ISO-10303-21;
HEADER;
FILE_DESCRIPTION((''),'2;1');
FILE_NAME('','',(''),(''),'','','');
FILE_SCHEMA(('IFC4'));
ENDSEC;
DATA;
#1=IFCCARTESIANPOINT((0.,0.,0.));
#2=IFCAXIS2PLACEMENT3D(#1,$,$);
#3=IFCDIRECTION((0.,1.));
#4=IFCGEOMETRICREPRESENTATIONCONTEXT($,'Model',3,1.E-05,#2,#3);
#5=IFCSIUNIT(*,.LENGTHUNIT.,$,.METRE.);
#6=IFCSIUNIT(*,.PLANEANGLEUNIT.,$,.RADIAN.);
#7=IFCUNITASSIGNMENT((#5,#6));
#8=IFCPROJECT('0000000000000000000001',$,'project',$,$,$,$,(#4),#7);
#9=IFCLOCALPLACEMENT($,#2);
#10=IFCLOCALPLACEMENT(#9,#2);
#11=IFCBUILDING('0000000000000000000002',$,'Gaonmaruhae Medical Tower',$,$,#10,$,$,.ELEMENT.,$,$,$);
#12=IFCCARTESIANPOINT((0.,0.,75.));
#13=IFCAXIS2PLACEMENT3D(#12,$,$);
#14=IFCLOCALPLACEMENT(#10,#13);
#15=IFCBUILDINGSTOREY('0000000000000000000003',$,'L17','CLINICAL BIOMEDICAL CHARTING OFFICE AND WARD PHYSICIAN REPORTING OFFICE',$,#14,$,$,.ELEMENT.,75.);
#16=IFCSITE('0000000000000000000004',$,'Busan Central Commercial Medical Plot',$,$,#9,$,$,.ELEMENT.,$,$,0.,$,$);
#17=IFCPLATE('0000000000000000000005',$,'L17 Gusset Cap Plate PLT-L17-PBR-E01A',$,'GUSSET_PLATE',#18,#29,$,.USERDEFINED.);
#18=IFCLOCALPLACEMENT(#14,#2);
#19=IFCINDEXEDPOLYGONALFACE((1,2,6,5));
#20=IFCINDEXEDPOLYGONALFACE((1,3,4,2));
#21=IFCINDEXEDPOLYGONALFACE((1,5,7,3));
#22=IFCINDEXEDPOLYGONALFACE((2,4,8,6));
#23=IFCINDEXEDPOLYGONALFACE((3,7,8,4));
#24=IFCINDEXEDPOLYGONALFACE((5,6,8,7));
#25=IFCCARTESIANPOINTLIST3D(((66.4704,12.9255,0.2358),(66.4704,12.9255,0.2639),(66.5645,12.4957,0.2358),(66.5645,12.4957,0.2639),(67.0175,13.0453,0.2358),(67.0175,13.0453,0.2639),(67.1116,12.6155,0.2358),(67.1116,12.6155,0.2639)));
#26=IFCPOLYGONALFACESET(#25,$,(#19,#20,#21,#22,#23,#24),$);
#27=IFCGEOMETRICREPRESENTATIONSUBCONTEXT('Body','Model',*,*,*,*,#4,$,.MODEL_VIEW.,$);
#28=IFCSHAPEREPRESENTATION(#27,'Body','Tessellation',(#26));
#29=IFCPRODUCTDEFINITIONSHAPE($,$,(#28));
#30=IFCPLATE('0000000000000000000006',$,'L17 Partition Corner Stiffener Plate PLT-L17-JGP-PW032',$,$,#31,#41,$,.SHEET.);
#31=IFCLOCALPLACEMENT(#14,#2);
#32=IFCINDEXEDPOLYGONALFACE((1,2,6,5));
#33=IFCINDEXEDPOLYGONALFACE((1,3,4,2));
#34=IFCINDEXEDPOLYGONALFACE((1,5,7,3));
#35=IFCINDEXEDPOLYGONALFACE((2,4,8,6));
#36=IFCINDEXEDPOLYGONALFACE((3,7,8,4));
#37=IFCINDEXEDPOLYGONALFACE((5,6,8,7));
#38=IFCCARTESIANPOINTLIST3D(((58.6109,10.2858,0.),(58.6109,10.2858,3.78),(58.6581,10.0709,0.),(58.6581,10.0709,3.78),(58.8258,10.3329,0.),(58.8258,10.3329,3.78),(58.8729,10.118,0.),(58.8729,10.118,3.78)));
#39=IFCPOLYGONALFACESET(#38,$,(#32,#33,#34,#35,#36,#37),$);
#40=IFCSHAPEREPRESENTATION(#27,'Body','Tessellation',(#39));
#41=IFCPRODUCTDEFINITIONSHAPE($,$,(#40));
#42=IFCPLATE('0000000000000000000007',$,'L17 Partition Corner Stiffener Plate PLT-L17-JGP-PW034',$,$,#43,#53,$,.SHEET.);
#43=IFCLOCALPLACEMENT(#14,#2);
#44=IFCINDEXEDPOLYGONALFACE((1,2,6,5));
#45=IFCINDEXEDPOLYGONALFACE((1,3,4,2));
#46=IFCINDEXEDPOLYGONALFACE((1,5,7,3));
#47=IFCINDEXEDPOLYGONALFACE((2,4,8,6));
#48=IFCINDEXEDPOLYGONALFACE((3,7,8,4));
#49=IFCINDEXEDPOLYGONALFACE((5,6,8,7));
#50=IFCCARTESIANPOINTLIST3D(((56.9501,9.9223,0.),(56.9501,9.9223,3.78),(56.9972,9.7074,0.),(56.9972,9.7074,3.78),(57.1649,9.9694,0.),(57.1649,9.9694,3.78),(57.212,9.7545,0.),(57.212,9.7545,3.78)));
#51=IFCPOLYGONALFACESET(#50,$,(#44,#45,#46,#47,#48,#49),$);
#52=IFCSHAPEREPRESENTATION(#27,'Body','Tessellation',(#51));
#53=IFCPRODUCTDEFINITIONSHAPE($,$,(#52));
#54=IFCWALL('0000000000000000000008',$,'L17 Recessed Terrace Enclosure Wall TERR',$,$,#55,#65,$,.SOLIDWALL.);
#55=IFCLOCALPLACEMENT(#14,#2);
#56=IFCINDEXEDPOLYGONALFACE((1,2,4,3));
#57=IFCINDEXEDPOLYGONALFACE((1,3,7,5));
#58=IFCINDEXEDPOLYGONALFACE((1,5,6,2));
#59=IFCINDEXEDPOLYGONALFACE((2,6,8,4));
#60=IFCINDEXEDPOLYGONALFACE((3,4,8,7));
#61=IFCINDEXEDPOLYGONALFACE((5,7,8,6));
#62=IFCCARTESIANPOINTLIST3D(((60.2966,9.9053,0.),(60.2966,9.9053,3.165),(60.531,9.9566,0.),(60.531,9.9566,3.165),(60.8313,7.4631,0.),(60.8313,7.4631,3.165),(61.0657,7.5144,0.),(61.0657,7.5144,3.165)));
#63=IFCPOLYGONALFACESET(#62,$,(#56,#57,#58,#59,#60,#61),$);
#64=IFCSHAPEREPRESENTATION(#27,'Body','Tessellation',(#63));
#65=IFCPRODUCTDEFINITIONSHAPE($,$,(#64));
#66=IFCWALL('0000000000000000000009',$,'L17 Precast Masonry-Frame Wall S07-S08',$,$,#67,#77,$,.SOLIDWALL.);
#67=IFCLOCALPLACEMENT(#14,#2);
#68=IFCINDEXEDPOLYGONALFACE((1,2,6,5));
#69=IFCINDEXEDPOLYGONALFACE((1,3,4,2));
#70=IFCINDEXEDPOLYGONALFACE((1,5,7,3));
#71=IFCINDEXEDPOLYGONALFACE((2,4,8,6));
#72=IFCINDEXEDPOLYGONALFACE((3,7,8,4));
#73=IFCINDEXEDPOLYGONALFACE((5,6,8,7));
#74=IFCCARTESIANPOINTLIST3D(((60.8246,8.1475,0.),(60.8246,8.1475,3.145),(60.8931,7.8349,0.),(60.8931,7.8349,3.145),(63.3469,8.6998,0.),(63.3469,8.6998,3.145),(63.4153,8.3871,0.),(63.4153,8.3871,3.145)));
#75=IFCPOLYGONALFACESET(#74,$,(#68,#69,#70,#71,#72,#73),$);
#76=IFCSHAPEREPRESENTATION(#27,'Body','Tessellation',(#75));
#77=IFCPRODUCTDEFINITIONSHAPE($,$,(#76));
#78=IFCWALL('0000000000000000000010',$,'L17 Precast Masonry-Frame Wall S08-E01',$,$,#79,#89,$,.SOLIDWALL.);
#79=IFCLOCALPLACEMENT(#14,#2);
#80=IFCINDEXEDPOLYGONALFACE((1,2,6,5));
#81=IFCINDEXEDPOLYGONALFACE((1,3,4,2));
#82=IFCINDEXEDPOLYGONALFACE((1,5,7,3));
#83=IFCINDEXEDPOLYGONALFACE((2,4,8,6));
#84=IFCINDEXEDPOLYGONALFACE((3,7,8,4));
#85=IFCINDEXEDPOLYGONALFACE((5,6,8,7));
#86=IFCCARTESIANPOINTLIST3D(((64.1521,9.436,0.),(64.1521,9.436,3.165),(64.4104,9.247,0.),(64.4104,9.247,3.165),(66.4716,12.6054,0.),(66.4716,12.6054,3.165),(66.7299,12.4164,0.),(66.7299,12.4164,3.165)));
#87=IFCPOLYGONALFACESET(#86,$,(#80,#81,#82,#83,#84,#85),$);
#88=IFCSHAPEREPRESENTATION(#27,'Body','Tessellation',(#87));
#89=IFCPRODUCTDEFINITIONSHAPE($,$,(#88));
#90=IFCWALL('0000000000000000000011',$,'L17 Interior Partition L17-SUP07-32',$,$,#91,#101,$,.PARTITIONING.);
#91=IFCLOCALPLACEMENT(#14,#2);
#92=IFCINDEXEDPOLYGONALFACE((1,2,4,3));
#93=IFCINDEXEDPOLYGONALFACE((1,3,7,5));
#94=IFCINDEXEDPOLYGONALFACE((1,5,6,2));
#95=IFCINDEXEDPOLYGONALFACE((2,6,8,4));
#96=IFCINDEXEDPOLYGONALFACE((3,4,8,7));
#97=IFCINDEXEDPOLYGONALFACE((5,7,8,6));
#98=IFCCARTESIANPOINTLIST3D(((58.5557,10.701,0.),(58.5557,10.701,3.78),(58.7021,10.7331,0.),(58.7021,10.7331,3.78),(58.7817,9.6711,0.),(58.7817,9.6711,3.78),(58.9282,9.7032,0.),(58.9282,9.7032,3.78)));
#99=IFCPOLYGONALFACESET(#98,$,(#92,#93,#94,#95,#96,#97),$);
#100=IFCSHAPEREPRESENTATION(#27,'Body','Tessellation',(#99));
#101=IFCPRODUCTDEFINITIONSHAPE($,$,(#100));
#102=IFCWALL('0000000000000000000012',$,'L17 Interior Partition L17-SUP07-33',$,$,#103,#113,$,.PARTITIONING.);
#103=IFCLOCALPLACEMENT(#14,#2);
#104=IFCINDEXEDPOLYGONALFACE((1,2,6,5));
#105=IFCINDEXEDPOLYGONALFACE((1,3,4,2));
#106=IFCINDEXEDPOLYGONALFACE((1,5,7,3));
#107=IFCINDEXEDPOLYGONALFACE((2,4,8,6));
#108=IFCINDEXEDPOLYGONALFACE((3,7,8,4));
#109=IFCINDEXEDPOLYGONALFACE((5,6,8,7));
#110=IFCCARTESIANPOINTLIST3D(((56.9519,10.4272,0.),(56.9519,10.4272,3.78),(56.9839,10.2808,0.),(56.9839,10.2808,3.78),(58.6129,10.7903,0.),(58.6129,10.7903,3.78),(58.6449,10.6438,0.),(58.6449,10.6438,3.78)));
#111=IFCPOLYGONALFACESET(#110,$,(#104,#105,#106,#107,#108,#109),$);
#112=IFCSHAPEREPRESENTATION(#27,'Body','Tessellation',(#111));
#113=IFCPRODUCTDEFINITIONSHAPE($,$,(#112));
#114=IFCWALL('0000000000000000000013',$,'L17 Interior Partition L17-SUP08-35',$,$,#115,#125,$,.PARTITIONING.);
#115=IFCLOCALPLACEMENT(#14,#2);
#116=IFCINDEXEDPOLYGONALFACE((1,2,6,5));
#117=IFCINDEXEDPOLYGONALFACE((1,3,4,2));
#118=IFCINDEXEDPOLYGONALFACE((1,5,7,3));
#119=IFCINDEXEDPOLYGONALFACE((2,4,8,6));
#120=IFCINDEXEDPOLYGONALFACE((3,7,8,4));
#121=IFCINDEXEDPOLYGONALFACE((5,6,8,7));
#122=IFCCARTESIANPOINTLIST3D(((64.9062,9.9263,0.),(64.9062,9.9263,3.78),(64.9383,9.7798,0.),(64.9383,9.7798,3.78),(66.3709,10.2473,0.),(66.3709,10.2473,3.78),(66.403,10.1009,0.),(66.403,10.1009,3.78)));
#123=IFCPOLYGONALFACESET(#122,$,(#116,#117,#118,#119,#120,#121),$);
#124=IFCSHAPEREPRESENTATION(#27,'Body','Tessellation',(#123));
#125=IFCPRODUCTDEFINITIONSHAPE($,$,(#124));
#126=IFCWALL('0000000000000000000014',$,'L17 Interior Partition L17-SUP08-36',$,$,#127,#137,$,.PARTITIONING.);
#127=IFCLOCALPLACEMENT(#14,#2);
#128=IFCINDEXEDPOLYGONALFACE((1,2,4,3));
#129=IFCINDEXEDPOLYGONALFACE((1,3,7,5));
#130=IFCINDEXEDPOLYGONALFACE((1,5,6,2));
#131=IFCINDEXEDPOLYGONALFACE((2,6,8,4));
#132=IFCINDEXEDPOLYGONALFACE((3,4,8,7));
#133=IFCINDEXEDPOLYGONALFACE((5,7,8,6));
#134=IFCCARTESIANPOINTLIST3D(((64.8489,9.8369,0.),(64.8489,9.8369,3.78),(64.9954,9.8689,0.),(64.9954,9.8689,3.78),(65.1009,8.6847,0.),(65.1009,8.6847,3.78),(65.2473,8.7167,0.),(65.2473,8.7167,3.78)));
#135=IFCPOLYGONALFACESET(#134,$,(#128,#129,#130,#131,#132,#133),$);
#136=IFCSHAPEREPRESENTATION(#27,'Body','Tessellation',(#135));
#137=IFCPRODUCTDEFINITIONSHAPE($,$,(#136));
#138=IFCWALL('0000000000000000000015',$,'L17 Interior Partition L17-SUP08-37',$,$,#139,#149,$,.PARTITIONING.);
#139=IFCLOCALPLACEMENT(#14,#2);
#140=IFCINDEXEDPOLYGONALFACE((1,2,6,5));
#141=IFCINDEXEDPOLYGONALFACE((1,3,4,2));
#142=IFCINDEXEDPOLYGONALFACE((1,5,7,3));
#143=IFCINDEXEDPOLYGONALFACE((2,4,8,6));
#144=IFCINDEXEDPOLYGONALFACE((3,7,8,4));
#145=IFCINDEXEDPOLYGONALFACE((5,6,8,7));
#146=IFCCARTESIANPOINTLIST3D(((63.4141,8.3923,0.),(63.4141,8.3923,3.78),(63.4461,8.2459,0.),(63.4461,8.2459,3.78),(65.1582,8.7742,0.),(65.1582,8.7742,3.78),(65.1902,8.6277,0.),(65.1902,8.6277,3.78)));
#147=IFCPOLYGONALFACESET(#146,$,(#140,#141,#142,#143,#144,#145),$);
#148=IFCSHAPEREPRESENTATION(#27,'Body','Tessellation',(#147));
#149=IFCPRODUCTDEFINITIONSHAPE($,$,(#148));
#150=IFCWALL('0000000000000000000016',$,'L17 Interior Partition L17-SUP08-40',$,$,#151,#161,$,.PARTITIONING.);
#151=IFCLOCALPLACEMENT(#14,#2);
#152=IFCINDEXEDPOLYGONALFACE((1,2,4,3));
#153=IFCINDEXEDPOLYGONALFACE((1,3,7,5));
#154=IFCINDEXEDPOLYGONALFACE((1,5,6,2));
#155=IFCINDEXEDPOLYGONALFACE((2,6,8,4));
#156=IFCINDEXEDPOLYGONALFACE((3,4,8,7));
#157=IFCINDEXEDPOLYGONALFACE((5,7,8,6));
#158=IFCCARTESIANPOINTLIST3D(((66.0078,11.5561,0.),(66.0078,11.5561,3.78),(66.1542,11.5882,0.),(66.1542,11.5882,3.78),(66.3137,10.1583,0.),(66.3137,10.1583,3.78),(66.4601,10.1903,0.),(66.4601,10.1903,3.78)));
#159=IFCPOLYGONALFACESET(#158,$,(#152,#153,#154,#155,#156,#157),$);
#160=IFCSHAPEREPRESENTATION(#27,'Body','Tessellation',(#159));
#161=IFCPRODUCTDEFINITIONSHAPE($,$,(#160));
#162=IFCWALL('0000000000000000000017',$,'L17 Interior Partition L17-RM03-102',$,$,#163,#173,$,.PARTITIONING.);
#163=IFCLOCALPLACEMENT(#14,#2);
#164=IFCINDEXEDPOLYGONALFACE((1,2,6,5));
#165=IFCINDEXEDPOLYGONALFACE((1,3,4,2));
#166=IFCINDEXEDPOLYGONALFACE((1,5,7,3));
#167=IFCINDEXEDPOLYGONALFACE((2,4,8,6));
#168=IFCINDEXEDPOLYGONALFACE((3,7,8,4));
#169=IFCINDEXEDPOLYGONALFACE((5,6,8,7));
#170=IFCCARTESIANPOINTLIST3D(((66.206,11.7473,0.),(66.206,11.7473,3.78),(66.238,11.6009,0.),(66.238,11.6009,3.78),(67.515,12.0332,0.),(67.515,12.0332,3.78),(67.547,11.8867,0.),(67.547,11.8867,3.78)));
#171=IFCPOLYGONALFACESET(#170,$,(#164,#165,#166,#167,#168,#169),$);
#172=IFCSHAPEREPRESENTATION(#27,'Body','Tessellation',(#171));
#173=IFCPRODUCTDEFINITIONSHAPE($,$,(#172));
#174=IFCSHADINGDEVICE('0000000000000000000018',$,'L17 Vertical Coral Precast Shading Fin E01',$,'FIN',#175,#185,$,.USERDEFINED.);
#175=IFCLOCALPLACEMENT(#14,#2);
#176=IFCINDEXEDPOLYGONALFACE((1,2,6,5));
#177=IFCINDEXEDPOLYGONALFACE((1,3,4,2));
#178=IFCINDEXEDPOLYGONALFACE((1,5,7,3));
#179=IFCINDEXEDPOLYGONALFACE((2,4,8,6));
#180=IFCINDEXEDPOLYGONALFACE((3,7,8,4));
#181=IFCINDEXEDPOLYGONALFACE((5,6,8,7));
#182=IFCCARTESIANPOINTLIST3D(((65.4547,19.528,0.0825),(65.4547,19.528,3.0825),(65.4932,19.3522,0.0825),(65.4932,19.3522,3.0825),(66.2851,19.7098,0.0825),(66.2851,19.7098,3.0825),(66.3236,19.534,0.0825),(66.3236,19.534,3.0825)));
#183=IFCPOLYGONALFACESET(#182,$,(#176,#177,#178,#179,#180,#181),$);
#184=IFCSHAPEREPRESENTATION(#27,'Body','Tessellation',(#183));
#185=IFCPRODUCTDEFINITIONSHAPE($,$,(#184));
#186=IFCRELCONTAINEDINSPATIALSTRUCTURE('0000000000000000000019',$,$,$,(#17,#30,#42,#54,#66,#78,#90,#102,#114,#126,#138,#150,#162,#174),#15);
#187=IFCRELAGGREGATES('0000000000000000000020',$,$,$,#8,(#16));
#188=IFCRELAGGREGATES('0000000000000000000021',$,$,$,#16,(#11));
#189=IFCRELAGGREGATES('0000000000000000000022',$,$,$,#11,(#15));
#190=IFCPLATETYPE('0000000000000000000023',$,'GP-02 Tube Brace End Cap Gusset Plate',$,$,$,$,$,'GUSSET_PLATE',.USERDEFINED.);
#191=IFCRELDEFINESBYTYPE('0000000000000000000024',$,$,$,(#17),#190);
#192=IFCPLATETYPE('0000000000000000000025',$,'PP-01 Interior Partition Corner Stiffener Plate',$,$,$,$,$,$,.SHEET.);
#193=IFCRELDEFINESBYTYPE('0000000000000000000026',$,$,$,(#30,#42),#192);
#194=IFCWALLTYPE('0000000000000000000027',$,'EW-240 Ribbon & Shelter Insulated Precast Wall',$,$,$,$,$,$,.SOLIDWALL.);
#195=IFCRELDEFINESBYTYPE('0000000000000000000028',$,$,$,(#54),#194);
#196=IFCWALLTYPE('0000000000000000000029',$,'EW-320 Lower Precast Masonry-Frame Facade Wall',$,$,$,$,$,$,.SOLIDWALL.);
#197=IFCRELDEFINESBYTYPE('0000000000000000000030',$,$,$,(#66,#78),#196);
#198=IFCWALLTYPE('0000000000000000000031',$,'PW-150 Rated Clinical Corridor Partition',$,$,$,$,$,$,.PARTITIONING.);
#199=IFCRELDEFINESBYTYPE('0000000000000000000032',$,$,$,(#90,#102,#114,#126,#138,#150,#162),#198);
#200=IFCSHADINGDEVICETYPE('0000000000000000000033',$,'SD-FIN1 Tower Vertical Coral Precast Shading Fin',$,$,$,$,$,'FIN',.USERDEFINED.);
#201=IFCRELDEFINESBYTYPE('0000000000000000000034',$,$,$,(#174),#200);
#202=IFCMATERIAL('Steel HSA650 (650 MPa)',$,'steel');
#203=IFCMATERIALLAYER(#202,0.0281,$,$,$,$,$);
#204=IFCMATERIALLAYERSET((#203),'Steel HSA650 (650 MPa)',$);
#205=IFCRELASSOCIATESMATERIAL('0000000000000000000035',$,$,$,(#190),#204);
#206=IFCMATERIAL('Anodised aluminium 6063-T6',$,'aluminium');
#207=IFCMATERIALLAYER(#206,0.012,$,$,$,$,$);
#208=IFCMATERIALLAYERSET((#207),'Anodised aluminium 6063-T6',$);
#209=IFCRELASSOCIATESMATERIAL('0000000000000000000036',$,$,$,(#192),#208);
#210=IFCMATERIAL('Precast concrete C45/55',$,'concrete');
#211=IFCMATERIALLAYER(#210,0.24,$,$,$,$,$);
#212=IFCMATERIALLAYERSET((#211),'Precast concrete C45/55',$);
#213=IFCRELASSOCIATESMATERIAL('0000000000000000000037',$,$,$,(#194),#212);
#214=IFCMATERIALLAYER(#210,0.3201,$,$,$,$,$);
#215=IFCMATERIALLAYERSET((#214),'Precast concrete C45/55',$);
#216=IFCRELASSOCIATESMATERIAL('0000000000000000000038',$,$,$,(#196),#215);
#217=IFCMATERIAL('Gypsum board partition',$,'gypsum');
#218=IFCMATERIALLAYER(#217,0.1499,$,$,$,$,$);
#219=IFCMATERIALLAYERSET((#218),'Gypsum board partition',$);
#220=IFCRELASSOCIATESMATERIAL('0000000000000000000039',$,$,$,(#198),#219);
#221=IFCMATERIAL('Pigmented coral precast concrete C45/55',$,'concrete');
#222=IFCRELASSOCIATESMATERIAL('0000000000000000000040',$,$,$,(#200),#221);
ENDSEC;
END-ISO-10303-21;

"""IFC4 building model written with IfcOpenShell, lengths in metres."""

from ifc_helpers import new_model, si_unit, direction, frame, frame_2d, origin, origin_2d, place, context, subcontext, project, spatial, rectangle, extrude, material, layer, layer_set, type_object, element, save


model = new_model("IFC4")

# Units and contexts
model_context = context("Model", 3, precision=1e-05, world=origin(), true_north=direction((0.0, 1.0)))
body_context = subcontext(model_context, "Body", "Model", "MODEL_VIEW")
ifc_project = project(units=[si_unit("LENGTHUNIT", "METRE"), si_unit("PLANEANGLEUNIT", "RADIAN")], contexts=[model_context])

# Site, building, storey
site_placement = place(None, origin())
site = spatial("IfcSite", under=ifc_project, at=site_placement, Name="Busan Central Commercial Medical Plot", CompositionType="ELEMENT", RefElevation=0.0)
building_placement = place(site_placement, origin())
building = spatial("IfcBuilding", under=site, at=building_placement, Name="Gaonmaruhae Medical Tower", CompositionType="ELEMENT")
storey_placement = place(building_placement, frame((0.0, 0.0, 75.0)))
storey = spatial("IfcBuildingStorey", under=building, at=storey_placement, Name="L17", Description="CLINICAL BIOMEDICAL CHARTING OFFICE AND WARD PHYSICIAN REPORTING OFFICE", CompositionType="ELEMENT", Elevation=75.0)

# Plates
ifc_material_1 = material(Name="Steel HSA650 (650 MPa)", Category="steel")
ifc_layer_1 = layer(ifc_material_1, 0.0281)
ifc_layer_set_1 = layer_set([ifc_layer_1], Name="Steel HSA650 (650 MPa)")
plate_type_1 = type_object("IfcPlateType", Name="GP-02 Tube Brace End Cap Gusset Plate", ElementType="GUSSET_PLATE", PredefinedType="USERDEFINED", material=ifc_layer_set_1)
plate_placement = place(storey_placement, frame((66.791, 12.7705, 0.2358), z_axis=(0.0, 0.0, 1.0), x_axis=(0.976859, 0.213883, 0.0)))
element("IfcPlate", 1, at=plate_placement, inside=storey, type_object=plate_type_1, Name="L17 Gusset Cap Plate PLT-L17-PBR-E01A", ObjectType="GUSSET_PLATE", PredefinedType="USERDEFINED", context=body_context, shape_type="SweptSolid", body=[
    extrude(rectangle(XDim=0.5601, YDim=0.4399, at=origin_2d()), origin(), (0.0, 0.0, 1.0), 0.0281),
])
ifc_material_2 = material(Name="Anodised aluminium 6063-T6", Category="aluminium")
ifc_layer_2 = layer(ifc_material_2, 0.012)
ifc_layer_set_2 = layer_set([ifc_layer_2], Name="Anodised aluminium 6063-T6")
plate_type_2 = type_object("IfcPlateType", Name="PP-01 Interior Partition Corner Stiffener Plate", PredefinedType="SHEET", material=ifc_layer_set_2)
for number, where, z_axis, x_axis, name in (
    (2, (58.7419, 10.2019, 0.0), (0.0, 0.0, 1.0), (-0.214326, 0.976762, 0.0), "L17 Partition Corner Stiffener Plate PLT-L17-JGP-PW032"),
    (3, (57.0811, 9.8384, 0.0), (0.0, 0.0, 1.0), (0.214122, -0.976807, 0.0), "L17 Partition Corner Stiffener Plate PLT-L17-JGP-PW034"),
):
    element("IfcPlate", number, at=place(storey_placement, frame(where, z_axis=z_axis, x_axis=x_axis)), inside=storey, type_object=plate_type_2, Name=name, PredefinedType="SHEET", context=body_context, shape_type="SweptSolid", body=[
        extrude(rectangle(XDim=0.22, YDim=0.22, at=origin_2d()), origin(), (0.0, 0.0, 1.0), 3.78),
    ])

# Shared definitions
ifc_material_3 = material(Name="Precast concrete C45/55", Category="concrete")
ifc_layer_3 = layer(ifc_material_3, 0.24)
ifc_layer_set_3 = layer_set([ifc_layer_3], Name="Precast concrete C45/55")
wall_type_1 = type_object("IfcWallType", Name="EW-240 Ribbon & Shelter Insulated Precast Wall", PredefinedType="SOLIDWALL", material=ifc_layer_set_3)

# Walls
wall_1_placement = place(storey_placement, frame((60.9485, 7.4888, 0.0), z_axis=(0.0, 0.0, 1.0), x_axis=(-0.213869, 0.976862, 0.0)))
element("IfcWall", 4, at=wall_1_placement, inside=storey, type_object=wall_type_1, Name="L17 Recessed Terrace Enclosure Wall TERR", PredefinedType="SOLIDWALL", context=body_context, shape_type="SweptSolid", body=[
    extrude(rectangle(XDim=2.5, YDim=0.24, at=frame_2d((1.25, 0.0))), origin(), (0.0, 0.0, 1.0), 3.165),
])
ifc_layer_4 = layer(ifc_material_3, 0.3201)
ifc_layer_set_4 = layer_set([ifc_layer_4], Name="Precast concrete C45/55")
wall_type_2 = type_object("IfcWallType", Name="EW-320 Lower Precast Masonry-Frame Facade Wall", PredefinedType="SOLIDWALL", material=ifc_layer_set_4)
wall_2_placement = place(storey_placement, frame((63.3811, 8.5435, 0.0), z_axis=(0.0, 0.0, 1.0), x_axis=(-0.976859, -0.213886, 0.0)))
element("IfcWall", 5, at=wall_2_placement, inside=storey, type_object=wall_type_2, Name="L17 Precast Masonry-Frame Wall S07-S08", PredefinedType="SOLIDWALL", context=body_context, shape_type="SweptSolid", body=[
    extrude(rectangle(XDim=2.582, YDim=0.3201, at=frame_2d((1.291, 0.0))), origin(), (0.0, 0.0, 1.0), 3.145),
])
wall_3_placement = place(storey_placement, frame((66.6008, 12.511, 0.0), z_axis=(0.0, 0.0, 1.0), x_axis=(-0.59059, -0.806972, 0.0)))
element("IfcWall", 6, at=wall_3_placement, inside=storey, type_object=wall_type_2, Name="L17 Precast Masonry-Frame Wall S08-E01", PredefinedType="SOLIDWALL", context=body_context, shape_type="SweptSolid", body=[
    extrude(rectangle(XDim=3.9275, YDim=0.3201, at=frame_2d((1.9639, 0.0))), origin(), (0.0, 0.0, 1.0), 3.165),
])
ifc_material_4 = material(Name="Gypsum board partition", Category="gypsum")
ifc_layer_5 = layer(ifc_material_4, 0.1499)
ifc_layer_set_5 = layer_set([ifc_layer_5], Name="Gypsum board partition")
wall_type_3 = type_object("IfcWallType", Name="PW-150 Rated Clinical Corridor Partition", PredefinedType="PARTITIONING", material=ifc_layer_set_5)
wall_4_placement = place(storey_placement, frame((58.855, 9.687, 0.0), z_axis=(0.0, 0.0, 1.0), x_axis=(-0.21438, 0.97675, 0.0)))
element("IfcWall", 7, at=wall_4_placement, inside=storey, type_object=wall_type_3, Name="L17 Interior Partition L17-SUP07-32", PredefinedType="PARTITIONING", context=body_context, shape_type="SweptSolid", body=[
    extrude(rectangle(XDim=1.0544, YDim=0.1499, at=frame_2d((0.5273, 0.0))), origin(), (0.0, 0.0, 1.0), 3.78),
])
wall_5_placement = place(storey_placement, frame((58.6289, 10.717, 0.0), z_axis=(0.0, 0.0, 1.0), x_axis=(-0.976935, -0.213538, 0.0)))
element("IfcWall", 8, at=wall_5_placement, inside=storey, type_object=wall_type_3, Name="L17 Interior Partition L17-SUP07-33", PredefinedType="PARTITIONING", context=body_context, shape_type="SweptSolid", body=[
    extrude(rectangle(XDim=1.7002, YDim=0.1499, at=frame_2d((0.8501, 0.0))), origin(), (0.0, 0.0, 1.0), 3.78),
])
wall_6_placement = place(storey_placement, frame((66.387, 10.1741, 0.0), z_axis=(0.0, 0.0, 1.0), x_axis=(-0.976815, -0.214085, 0.0)))
element("IfcWall", 9, at=wall_6_placement, inside=storey, type_object=wall_type_3, Name="L17 Interior Partition L17-SUP08-35", PredefinedType="PARTITIONING", context=body_context, shape_type="SweptSolid", body=[
    extrude(rectangle(XDim=1.4995, YDim=0.1499, at=frame_2d((0.7498, 0.0))), origin(), (0.0, 0.0, 1.0), 3.78),
])
wall_7_placement = place(storey_placement, frame((64.9221, 9.853, 0.0), z_axis=(0.0, 0.0, 1.0), x_axis=(0.213641, -0.976912, 0.0)))
element("IfcWall", 10, at=wall_7_placement, inside=storey, type_object=wall_type_3, Name="L17 Interior Partition L17-SUP08-36", PredefinedType="PARTITIONING", context=body_context, shape_type="SweptSolid", body=[
    extrude(rectangle(XDim=1.1794, YDim=0.1499, at=frame_2d((0.5898, 0.0))), origin(), (0.0, 0.0, 1.0), 3.78),
])
wall_8_placement = place(storey_placement, frame((65.1741, 8.7009, 0.0), z_axis=(0.0, 0.0, 1.0), x_axis=(-0.976864, -0.21386, 0.0)))
element("IfcWall", 11, at=wall_8_placement, inside=storey, type_object=wall_type_3, Name="L17 Interior Partition L17-SUP08-37", PredefinedType="PARTITIONING", context=body_context, shape_type="SweptSolid", body=[
    extrude(rectangle(XDim=1.7854, YDim=0.1499, at=frame_2d((0.8926, 0.0))), origin(), (0.0, 0.0, 1.0), 3.78),
])
wall_9_placement = place(storey_placement, frame((66.0811, 11.572, 0.0), z_axis=(0.0, 0.0, 1.0), x_axis=(0.213768, -0.976884, 0.0)))
element("IfcWall", 12, at=wall_9_placement, inside=storey, type_object=wall_type_3, Name="L17 Interior Partition L17-SUP08-40", PredefinedType="PARTITIONING", context=body_context, shape_type="SweptSolid", body=[
    extrude(rectangle(XDim=1.4309, YDim=0.1499, at=frame_2d((0.7153, 0.0))), origin(), (0.0, 0.0, 1.0), 3.78),
])
wall_10_placement = place(storey_placement, frame((67.531, 11.96, 0.0), z_axis=(0.0, 0.0, 1.0), x_axis=(-0.976974, -0.21336, 0.0)))
element("IfcWall", 13, at=wall_10_placement, inside=storey, type_object=wall_type_3, Name="L17 Interior Partition L17-RM03-102", PredefinedType="PARTITIONING", context=body_context, shape_type="SweptSolid", body=[
    extrude(rectangle(XDim=1.3398, YDim=0.1499, at=frame_2d((0.6699, 0.0))), origin(), (0.0, 0.0, 1.0), 3.78),
])

# Shading device
ifc_material_5 = material(Name="Pigmented coral precast concrete C45/55", Category="concrete")
shading_device_type = type_object("IfcShadingDeviceType", Name="SD-FIN1 Tower Vertical Coral Precast Shading Fin", ElementType="FIN", PredefinedType="USERDEFINED", material=ifc_material_5)
for number, where, z_axis, x_axis, name in (
    (14, (65.8892, 19.531, 0.0825), (0.0, 0.0, 1.0), (0.213883, -0.976859, 0.0), "L17 Vertical Coral Precast Shading Fin E01"),
):
    element("IfcShadingDevice", number, at=place(storey_placement, frame(where, z_axis=z_axis, x_axis=x_axis)), inside=storey, type_object=shading_device_type, Name=name, ObjectType="FIN", PredefinedType="USERDEFINED", context=body_context, shape_type="SweptSolid", body=[
        extrude(rectangle(XDim=0.1799, YDim=0.8501, at=origin_2d()), origin(), (0.0, 0.0, 1.0), 3.0),
    ])

save(model, "model.ifc")
